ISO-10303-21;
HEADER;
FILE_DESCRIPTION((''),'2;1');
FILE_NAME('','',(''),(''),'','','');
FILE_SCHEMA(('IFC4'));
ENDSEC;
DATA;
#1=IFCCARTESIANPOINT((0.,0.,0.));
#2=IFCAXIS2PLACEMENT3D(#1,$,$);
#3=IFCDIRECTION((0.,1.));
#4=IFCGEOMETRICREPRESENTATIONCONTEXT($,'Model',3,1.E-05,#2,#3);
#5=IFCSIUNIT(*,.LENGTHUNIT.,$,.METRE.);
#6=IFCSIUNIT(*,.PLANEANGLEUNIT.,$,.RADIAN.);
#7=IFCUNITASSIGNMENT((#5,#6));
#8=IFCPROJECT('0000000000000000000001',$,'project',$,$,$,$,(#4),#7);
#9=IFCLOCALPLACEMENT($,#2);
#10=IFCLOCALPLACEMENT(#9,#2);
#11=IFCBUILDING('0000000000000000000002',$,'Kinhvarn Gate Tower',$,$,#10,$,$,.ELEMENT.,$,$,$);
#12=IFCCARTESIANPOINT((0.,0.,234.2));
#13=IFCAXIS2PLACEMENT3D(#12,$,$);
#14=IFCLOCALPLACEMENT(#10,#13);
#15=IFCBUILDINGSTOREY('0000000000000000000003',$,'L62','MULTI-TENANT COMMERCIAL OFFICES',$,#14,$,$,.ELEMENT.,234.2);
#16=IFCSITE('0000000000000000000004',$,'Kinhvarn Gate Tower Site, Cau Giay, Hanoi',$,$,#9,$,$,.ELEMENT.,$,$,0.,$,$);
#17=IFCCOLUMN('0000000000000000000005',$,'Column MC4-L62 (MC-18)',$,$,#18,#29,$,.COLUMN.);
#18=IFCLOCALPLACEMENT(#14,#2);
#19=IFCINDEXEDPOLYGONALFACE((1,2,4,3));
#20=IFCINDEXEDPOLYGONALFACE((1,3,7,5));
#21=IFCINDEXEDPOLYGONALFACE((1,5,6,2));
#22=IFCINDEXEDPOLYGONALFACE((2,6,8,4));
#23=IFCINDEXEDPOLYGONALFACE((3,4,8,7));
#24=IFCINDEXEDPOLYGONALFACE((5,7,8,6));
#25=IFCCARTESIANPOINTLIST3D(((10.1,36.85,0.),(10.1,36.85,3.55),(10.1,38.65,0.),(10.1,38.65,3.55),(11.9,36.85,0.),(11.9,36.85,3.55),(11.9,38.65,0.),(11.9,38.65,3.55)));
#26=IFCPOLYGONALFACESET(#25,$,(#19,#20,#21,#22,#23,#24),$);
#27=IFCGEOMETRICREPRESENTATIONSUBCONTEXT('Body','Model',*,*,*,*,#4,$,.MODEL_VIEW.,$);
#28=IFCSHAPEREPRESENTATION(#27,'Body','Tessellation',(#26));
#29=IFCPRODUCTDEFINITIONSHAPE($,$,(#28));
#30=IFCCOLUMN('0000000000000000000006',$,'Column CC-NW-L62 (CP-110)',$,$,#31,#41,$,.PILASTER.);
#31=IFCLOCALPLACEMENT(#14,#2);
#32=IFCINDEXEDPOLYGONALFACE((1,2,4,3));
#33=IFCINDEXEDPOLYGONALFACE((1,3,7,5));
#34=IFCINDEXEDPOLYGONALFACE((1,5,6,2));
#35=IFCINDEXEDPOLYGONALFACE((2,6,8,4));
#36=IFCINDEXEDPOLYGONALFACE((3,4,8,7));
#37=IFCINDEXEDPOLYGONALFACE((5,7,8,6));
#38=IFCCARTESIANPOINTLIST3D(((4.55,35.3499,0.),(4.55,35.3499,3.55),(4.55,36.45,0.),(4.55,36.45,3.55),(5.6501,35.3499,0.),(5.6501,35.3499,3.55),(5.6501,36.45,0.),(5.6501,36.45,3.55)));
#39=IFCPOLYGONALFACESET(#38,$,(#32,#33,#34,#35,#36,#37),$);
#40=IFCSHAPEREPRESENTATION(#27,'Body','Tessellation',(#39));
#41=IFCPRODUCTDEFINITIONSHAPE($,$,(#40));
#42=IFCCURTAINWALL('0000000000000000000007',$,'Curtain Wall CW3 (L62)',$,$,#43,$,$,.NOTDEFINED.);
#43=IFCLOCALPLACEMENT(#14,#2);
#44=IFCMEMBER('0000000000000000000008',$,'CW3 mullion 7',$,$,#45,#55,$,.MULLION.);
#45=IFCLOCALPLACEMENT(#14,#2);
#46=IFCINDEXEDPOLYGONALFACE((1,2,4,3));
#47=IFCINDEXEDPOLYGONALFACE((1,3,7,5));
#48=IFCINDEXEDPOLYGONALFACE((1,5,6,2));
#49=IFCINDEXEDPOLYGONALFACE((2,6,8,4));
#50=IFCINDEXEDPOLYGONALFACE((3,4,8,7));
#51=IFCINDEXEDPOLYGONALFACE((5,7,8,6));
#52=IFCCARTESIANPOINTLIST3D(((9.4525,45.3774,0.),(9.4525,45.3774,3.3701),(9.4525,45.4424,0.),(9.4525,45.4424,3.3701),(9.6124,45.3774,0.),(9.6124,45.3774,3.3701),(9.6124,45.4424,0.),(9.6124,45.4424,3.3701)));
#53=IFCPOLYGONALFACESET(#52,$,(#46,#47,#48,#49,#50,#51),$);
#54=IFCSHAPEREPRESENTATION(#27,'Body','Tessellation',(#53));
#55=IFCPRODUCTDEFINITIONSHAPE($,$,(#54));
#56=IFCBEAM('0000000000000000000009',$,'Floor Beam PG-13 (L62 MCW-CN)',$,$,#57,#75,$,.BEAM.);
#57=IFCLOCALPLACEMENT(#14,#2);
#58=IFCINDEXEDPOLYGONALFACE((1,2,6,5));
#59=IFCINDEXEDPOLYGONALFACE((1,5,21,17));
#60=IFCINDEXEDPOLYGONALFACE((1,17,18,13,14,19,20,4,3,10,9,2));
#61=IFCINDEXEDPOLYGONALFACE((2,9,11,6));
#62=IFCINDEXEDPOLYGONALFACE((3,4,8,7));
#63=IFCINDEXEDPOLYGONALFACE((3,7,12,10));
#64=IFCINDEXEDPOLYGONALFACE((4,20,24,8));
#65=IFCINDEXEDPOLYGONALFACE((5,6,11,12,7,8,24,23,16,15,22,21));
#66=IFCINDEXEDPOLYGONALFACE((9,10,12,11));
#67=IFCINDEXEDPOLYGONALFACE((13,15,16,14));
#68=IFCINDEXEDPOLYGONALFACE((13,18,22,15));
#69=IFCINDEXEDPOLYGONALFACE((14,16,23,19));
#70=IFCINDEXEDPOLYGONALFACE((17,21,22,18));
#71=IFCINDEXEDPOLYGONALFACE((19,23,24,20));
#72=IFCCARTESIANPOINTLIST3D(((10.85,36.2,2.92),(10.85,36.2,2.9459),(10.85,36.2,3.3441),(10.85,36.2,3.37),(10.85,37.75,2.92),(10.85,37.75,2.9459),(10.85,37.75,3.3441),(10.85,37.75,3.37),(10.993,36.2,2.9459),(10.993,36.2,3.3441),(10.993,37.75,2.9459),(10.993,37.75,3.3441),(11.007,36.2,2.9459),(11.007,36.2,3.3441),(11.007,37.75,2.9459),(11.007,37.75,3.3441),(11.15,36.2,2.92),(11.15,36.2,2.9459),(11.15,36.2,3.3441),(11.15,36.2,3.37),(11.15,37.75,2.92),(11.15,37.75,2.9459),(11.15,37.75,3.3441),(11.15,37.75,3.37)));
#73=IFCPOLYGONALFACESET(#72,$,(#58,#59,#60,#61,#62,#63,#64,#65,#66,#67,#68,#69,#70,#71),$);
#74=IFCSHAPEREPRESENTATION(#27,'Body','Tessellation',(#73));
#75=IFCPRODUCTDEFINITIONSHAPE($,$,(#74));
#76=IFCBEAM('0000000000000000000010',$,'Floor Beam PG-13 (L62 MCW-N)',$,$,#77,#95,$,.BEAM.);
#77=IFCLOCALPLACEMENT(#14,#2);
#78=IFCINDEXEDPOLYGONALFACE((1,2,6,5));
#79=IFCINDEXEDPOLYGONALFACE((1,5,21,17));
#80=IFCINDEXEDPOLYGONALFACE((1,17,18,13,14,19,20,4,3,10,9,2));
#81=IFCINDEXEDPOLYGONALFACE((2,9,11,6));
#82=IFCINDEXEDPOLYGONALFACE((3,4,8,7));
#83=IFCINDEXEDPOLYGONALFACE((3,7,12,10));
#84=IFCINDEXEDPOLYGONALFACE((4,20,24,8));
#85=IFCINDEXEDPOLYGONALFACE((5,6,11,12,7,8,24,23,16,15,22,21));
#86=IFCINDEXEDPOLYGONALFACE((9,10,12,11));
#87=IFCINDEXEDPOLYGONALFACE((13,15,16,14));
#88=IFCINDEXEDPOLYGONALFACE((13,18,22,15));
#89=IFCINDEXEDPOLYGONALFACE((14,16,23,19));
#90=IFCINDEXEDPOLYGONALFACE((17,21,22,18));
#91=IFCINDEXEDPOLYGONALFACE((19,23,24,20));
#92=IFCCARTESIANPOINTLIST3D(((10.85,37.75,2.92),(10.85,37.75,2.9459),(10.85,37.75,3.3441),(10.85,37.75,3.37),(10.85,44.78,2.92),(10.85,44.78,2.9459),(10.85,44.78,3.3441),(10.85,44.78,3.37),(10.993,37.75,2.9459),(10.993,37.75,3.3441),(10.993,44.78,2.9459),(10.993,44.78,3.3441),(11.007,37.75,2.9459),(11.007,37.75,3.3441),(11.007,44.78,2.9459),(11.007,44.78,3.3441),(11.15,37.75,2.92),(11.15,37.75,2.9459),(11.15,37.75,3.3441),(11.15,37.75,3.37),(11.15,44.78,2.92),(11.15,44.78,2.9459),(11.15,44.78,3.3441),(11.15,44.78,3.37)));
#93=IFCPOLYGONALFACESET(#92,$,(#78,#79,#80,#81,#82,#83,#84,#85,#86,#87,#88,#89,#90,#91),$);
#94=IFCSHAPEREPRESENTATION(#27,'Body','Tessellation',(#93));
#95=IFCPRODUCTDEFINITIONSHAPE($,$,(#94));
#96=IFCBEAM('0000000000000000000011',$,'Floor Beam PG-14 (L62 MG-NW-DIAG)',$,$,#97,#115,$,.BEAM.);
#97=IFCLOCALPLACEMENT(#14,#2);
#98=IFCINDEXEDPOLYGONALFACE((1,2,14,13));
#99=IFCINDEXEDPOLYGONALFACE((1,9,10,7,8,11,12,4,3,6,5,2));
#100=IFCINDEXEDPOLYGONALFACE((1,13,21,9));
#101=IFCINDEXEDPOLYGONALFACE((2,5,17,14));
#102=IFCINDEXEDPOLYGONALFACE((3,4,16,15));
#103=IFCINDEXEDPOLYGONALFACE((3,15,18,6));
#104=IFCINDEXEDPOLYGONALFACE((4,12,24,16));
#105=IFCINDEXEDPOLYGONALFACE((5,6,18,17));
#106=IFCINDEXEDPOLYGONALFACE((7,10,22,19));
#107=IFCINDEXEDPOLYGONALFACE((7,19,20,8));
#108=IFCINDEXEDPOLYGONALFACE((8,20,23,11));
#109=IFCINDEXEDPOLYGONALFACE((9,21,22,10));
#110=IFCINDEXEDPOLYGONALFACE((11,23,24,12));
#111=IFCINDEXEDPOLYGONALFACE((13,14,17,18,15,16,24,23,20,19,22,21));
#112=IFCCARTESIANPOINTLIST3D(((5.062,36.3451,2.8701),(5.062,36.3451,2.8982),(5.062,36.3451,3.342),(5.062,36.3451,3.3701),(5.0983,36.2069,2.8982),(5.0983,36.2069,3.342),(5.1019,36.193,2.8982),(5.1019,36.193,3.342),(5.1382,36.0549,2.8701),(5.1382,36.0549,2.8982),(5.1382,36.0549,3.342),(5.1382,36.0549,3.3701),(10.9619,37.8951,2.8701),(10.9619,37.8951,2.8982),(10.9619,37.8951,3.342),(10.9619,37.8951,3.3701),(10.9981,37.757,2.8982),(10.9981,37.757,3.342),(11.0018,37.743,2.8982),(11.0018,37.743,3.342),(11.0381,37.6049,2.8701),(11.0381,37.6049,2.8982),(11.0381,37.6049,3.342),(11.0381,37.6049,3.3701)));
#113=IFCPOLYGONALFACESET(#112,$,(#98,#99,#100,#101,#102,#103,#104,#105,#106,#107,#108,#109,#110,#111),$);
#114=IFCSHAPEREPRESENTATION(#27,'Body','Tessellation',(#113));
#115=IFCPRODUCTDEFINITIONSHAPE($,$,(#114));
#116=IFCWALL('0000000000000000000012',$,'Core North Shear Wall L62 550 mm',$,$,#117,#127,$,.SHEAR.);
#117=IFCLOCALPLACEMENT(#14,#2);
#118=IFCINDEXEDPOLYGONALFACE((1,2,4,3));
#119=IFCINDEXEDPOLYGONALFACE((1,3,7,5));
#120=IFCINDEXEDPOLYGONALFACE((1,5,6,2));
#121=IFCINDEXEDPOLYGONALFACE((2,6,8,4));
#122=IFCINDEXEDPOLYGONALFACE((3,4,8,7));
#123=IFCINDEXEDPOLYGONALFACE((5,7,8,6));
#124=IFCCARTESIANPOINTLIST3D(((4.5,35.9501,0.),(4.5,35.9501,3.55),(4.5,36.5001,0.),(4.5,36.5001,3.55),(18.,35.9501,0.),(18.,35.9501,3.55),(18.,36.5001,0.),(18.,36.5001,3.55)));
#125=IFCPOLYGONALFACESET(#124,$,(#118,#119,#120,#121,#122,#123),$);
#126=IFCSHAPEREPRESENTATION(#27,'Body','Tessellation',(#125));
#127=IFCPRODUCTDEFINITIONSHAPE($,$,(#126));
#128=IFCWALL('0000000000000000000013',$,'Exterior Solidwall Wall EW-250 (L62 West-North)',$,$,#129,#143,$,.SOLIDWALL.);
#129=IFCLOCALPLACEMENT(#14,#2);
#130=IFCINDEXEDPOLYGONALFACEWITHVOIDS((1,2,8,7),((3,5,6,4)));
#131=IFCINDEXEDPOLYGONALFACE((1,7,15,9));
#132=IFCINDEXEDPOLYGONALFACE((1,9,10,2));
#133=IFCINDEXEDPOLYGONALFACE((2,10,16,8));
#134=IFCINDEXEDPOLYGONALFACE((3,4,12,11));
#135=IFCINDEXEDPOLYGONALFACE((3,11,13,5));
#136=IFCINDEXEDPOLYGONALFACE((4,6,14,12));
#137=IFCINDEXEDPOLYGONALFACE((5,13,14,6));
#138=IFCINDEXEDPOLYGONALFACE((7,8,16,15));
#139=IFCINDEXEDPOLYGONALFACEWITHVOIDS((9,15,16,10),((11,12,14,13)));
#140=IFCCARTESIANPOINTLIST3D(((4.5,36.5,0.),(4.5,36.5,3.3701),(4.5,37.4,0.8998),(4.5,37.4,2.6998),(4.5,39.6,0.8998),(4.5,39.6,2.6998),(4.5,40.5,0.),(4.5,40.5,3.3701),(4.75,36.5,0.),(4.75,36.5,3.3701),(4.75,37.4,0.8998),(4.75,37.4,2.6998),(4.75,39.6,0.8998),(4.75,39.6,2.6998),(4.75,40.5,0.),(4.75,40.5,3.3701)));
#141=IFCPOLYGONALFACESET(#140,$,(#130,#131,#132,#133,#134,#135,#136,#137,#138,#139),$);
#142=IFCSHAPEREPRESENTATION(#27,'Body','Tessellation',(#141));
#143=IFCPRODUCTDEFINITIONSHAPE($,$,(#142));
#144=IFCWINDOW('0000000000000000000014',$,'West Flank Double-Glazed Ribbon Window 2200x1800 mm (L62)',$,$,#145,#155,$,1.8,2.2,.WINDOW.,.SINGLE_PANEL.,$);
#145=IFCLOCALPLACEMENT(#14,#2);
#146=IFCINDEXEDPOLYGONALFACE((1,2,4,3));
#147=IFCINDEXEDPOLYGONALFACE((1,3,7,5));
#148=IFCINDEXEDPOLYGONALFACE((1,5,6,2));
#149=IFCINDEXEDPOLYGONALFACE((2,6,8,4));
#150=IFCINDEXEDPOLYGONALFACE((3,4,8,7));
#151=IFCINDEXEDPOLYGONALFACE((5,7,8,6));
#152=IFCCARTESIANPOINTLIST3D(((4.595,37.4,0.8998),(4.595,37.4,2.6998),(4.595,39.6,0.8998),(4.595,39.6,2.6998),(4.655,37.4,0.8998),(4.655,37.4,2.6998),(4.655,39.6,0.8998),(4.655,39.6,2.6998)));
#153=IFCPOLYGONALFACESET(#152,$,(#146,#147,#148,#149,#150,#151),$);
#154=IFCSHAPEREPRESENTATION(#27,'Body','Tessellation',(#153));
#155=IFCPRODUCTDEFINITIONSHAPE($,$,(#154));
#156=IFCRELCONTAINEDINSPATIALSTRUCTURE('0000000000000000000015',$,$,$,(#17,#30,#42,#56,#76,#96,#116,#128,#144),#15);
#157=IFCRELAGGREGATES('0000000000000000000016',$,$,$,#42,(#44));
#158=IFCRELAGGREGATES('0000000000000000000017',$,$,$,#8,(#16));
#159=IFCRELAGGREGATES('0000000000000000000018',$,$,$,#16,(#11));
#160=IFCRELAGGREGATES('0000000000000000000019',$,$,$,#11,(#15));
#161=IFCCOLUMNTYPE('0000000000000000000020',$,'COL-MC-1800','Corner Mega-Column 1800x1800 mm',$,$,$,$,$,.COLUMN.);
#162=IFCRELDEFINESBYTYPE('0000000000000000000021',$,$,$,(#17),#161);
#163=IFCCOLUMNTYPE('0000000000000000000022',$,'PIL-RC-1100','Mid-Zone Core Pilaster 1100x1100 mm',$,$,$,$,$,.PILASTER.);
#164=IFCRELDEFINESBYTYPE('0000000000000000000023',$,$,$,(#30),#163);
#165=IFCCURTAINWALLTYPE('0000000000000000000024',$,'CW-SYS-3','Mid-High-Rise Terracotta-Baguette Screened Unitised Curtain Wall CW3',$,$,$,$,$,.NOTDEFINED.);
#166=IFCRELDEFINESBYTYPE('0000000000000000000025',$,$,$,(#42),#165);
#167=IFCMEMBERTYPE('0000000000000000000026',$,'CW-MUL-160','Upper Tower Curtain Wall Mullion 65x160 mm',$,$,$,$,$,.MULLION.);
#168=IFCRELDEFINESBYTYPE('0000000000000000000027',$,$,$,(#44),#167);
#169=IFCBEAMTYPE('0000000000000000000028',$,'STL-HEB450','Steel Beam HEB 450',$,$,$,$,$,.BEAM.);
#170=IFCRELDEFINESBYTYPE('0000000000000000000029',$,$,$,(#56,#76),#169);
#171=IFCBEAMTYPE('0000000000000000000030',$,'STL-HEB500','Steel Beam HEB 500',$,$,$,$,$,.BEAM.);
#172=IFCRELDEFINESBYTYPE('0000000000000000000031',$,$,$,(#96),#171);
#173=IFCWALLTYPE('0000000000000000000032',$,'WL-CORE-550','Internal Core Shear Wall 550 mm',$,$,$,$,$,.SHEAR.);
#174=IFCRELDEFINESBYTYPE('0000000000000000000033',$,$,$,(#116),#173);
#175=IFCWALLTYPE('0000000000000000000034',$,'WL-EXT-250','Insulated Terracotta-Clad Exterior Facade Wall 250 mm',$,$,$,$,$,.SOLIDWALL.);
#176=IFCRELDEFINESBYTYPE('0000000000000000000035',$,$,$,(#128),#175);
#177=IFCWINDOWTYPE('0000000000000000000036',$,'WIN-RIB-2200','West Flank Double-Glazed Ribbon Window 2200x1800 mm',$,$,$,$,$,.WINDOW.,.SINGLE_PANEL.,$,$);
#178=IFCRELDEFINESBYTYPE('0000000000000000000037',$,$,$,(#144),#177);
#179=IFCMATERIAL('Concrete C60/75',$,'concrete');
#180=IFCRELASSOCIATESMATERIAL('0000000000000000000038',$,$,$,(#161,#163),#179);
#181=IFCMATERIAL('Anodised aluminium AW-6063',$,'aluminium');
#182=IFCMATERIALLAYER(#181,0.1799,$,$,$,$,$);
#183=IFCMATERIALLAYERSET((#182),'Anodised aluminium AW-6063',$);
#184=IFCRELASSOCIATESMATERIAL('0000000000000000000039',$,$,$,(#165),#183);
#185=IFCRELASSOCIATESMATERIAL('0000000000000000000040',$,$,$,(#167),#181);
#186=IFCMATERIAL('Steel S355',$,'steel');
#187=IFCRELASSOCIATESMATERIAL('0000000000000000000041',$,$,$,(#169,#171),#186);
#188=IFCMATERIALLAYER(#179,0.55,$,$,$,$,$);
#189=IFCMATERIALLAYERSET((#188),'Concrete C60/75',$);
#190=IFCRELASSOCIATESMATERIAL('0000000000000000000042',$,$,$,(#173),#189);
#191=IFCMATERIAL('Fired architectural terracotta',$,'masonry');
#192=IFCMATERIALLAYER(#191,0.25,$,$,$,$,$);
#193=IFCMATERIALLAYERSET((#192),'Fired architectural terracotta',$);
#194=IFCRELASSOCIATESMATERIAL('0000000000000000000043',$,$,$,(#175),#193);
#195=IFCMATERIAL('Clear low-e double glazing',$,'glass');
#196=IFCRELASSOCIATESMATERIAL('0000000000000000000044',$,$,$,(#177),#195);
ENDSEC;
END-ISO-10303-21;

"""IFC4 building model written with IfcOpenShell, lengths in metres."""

from ifc_helpers import new_model, si_unit, direction, frame, frame_2d, origin, origin_2d, place, context, subcontext, project, spatial, rectangle, i_section, extrude, material, layer, layer_set, material_profile, profile_set, type_object, element, fill, aggregate, save


model = new_model("IFC4")

# Units and contexts
model_context = context("Model", 3, precision=1e-05, world=origin(), true_north=direction((0.0, 1.0)))
body_context = subcontext(model_context, "Body", "Model", "MODEL_VIEW")
ifc_project = project(units=[si_unit("LENGTHUNIT", "METRE"), si_unit("PLANEANGLEUNIT", "RADIAN")], contexts=[model_context])

# Site, building, storey
site_placement = place(None, origin())
site = spatial("IfcSite", under=ifc_project, at=site_placement, Name="Kinhvarn Gate Tower Site, Cau Giay, Hanoi", CompositionType="ELEMENT", RefElevation=0.0)
building_placement = place(site_placement, origin())
building = spatial("IfcBuilding", under=site, at=building_placement, Name="Kinhvarn Gate Tower", CompositionType="ELEMENT")
storey_placement = place(building_placement, frame((0.0, 0.0, 234.2)))
storey = spatial("IfcBuildingStorey", under=building, at=storey_placement, Name="L62", Description="MULTI-TENANT COMMERCIAL OFFICES", CompositionType="ELEMENT", Elevation=234.2)

# Columns
ifc_material_1 = material(Name="Concrete C60/75", Category="concrete")
ifc_material_profile_1 = material_profile(ifc_material_1, rectangle(XDim=1.8, YDim=1.8, at=origin_2d()), Name="RC 1800x1800")
ifc_profile_set_1 = profile_set([ifc_material_profile_1], Name="Concrete C60/75")
column_type_1 = type_object("IfcColumnType", Name="COL-MC-1800", Description="Corner Mega-Column 1800x1800 mm", PredefinedType="COLUMN", material=ifc_profile_set_1)
column_1_placement = place(storey_placement, frame((11.0, 37.75, 0.0), z_axis=(0.0, 0.0, 1.0), x_axis=(1.0, 0.0, 0.0)))
element("IfcColumn", 1, at=column_1_placement, inside=storey, type_object=column_type_1, Name="Column MC4-L62 (MC-18)", PredefinedType="COLUMN", context=body_context, shape_type="SweptSolid", body=[
    extrude(rectangle(XDim=1.8, YDim=1.8, at=origin_2d()), origin(), (0.0, 0.0, 1.0), 3.55),
])
ifc_material_profile_2 = material_profile(ifc_material_1, rectangle(XDim=1.1001, YDim=1.1001, at=origin_2d()), Name="RC 1100x1100")
ifc_profile_set_2 = profile_set([ifc_material_profile_2], Name="Concrete C60/75")
column_type_2 = type_object("IfcColumnType", Name="PIL-RC-1100", Description="Mid-Zone Core Pilaster 1100x1100 mm", PredefinedType="PILASTER", material=ifc_profile_set_2)
column_2_placement = place(storey_placement, frame((5.1001, 35.8999, 0.0), z_axis=(0.0, 0.0, 1.0), x_axis=(1.0, 0.0, 0.0)))
element("IfcColumn", 2, at=column_2_placement, inside=storey, type_object=column_type_2, Name="Column CC-NW-L62 (CP-110)", PredefinedType="PILASTER", context=body_context, shape_type="SweptSolid", body=[
    extrude(rectangle(XDim=1.1001, YDim=1.1001, at=origin_2d()), origin(), (0.0, 0.0, 1.0), 3.55),
])

# Curtain wall, member
ifc_material_2 = material(Name="Anodised aluminium AW-6063", Category="aluminium")
ifc_layer_1 = layer(ifc_material_2, 0.1799)
ifc_layer_set_1 = layer_set([ifc_layer_1], Name="Anodised aluminium AW-6063")
curtain_wall_type = type_object("IfcCurtainWallType", Name="CW-SYS-3", Description="Mid-High-Rise Terracotta-Baguette Screened Unitised Curtain Wall CW3", PredefinedType="NOTDEFINED", material=ifc_layer_set_1)
curtain_wall_placement = place(storey_placement, origin())
curtain_wall = element("IfcCurtainWall", 3, at=curtain_wall_placement, inside=storey, type_object=curtain_wall_type, Name="Curtain Wall CW3 (L62)", PredefinedType="NOTDEFINED")
ifc_material_profile_3 = material_profile(ifc_material_2, rectangle(XDim=0.0649, YDim=0.1599, at=origin_2d()), Name="ALU 65x160")
ifc_profile_set_3 = profile_set([ifc_material_profile_3], Name="Anodised aluminium AW-6063")
member_type = type_object("IfcMemberType", Name="CW-MUL-160", Description="Upper Tower Curtain Wall Mullion 65x160 mm", PredefinedType="MULLION", material=ifc_profile_set_3)
member_placement = place(storey_placement, frame((9.5325, 45.4099, 0.0), z_axis=(0.0, 0.0, 1.0), x_axis=(0.0, -1.0, 0.0)))
member = element("IfcMember", 4, at=member_placement, type_object=member_type, Name="CW3 mullion 7", PredefinedType="MULLION", context=body_context, shape_type="SweptSolid", body=[
    extrude(rectangle(XDim=0.0649, YDim=0.1599, at=origin_2d()), origin(), (0.0, 0.0, 1.0), 3.3701),
])
aggregate(curtain_wall, [member])

# Beams
ifc_material_3 = material(Name="Steel S355", Category="steel")
ifc_material_profile_4 = material_profile(ifc_material_3, i_section(OverallWidth=0.3, OverallDepth=0.45, WebThickness=0.0139, FlangeThickness=0.0259, at=origin_2d()), Name="HEB 450")
ifc_profile_set_4 = profile_set([ifc_material_profile_4], Name="Steel S355")
beam_type_1 = type_object("IfcBeamType", Name="STL-HEB450", Description="Steel Beam HEB 450", PredefinedType="BEAM", material=ifc_profile_set_4)
beam_1_placement = place(storey_placement, frame((11.0, 36.2, 3.145), z_axis=(0.0, 1.0, 0.0), x_axis=(-1.0, 0.0, 0.0)))
element("IfcBeam", 5, at=beam_1_placement, inside=storey, type_object=beam_type_1, Name="Floor Beam PG-13 (L62 MCW-CN)", PredefinedType="BEAM", context=body_context, shape_type="SweptSolid", body=[
    extrude(i_section(OverallWidth=0.3, OverallDepth=0.45, WebThickness=0.0139, FlangeThickness=0.0259, at=origin_2d()), origin(), (0.0, 0.0, 1.0), 1.55),
])
beam_2_placement = place(storey_placement, frame((11.0, 37.75, 3.145), z_axis=(0.0, 1.0, 0.0), x_axis=(-1.0, 0.0, 0.0)))
element("IfcBeam", 6, at=beam_2_placement, inside=storey, type_object=beam_type_1, Name="Floor Beam PG-13 (L62 MCW-N)", PredefinedType="BEAM", context=body_context, shape_type="SweptSolid", body=[
    extrude(i_section(OverallWidth=0.3, OverallDepth=0.45, WebThickness=0.0139, FlangeThickness=0.0259, at=origin_2d()), origin(), (0.0, 0.0, 1.0), 7.03),
])
ifc_material_profile_5 = material_profile(ifc_material_3, i_section(OverallWidth=0.3, OverallDepth=0.5, WebThickness=0.0144, FlangeThickness=0.0281, at=origin_2d()), Name="HEB 500")
ifc_profile_set_5 = profile_set([ifc_material_profile_5], Name="Steel S355")
beam_type_2 = type_object("IfcBeamType", Name="STL-HEB500", Description="Steel Beam HEB 500", PredefinedType="BEAM", material=ifc_profile_set_5)
beam_3_placement = place(storey_placement, frame((5.1001, 36.2, 3.1201), z_axis=(0.967178, 0.254101, 0.0), x_axis=(-0.254101, 0.967178, 0.0)))
element("IfcBeam", 7, at=beam_3_placement, inside=storey, type_object=beam_type_2, Name="Floor Beam PG-14 (L62 MG-NW-DIAG)", PredefinedType="BEAM", context=body_context, shape_type="SweptSolid", body=[
    extrude(i_section(OverallWidth=0.3, OverallDepth=0.5, WebThickness=0.0144, FlangeThickness=0.0281, at=origin_2d()), origin(), (0.0, 0.0, 1.0), 6.1001),
])

# Wall
ifc_layer_2 = layer(ifc_material_1, 0.55)
ifc_layer_set_2 = layer_set([ifc_layer_2], Name="Concrete C60/75")
wall_type_1 = type_object("IfcWallType", Name="WL-CORE-550", Description="Internal Core Shear Wall 550 mm", PredefinedType="SHEAR", material=ifc_layer_set_2)
wall_1_placement = place(storey_placement, frame((4.5, 36.2251, 0.0), z_axis=(0.0, 0.0, 1.0), x_axis=(1.0, 0.0, 0.0)))
element("IfcWall", 8, at=wall_1_placement, inside=storey, type_object=wall_type_1, Name="Core North Shear Wall L62 550 mm", PredefinedType="SHEAR", context=body_context, shape_type="SweptSolid", body=[
    extrude(rectangle(XDim=13.5, YDim=0.55, at=frame_2d((6.75, 0.0))), origin(), (0.0, 0.0, 1.0), 3.55),
])

# Wall, opening, window
ifc_material_4 = material(Name="Fired architectural terracotta", Category="masonry")
ifc_layer_3 = layer(ifc_material_4, 0.25)
ifc_layer_set_3 = layer_set([ifc_layer_3], Name="Fired architectural terracotta")
wall_type_2 = type_object("IfcWallType", Name="WL-EXT-250", Description="Insulated Terracotta-Clad Exterior Facade Wall 250 mm", PredefinedType="SOLIDWALL", material=ifc_layer_set_3)
wall_2_placement = place(storey_placement, frame((4.625, 40.5, 0.0), z_axis=(0.0, 0.0, 1.0), x_axis=(0.0, -1.0, 0.0)))
wall_2 = element("IfcWall", 9, at=wall_2_placement, inside=storey, type_object=wall_type_2, Name="Exterior Solidwall Wall EW-250 (L62 West-North)", PredefinedType="SOLIDWALL", context=body_context, shape_type="SweptSolid", body=[
    extrude(rectangle(XDim=4.0, YDim=0.25, at=frame_2d((2.0, 0.0))), origin(), (0.0, 0.0, 1.0), 3.3701),
])
opening_1_placement = place(wall_2_placement, frame((0.8999, 0.0, 0.8999)))
opening_1 = element("IfcOpeningElement", 10, at=opening_1_placement, cuts=wall_2, PredefinedType="OPENING", context=body_context, shape_type="SweptSolid", body=[
    extrude(rectangle(XDim=2.2, YDim=1.8, at=frame_2d((1.1001, 0.8999))), frame((0.0, 0.135, 0.0), z_axis=(0.0, -1.0, 0.0), x_axis=(1.0, 0.0, 0.0)), (0.0, 0.0, 1.0), 0.27),
])
ifc_material_5 = material(Name="Clear low-e double glazing", Category="glass")
window_type_1 = type_object("IfcWindowType", Name="WIN-RIB-2200", Description="West Flank Double-Glazed Ribbon Window 2200x1800 mm", PartitioningType="SINGLE_PANEL", PredefinedType="WINDOW", material=ifc_material_5)
window_1_placement = place(opening_1_placement, origin())
window_1 = element("IfcWindow", 11, at=window_1_placement, inside=storey, type_object=window_type_1, Name="West Flank Double-Glazed Ribbon Window 2200x1800 mm (L62)", OverallHeight=1.8, OverallWidth=2.2, PartitioningType="SINGLE_PANEL", PredefinedType="WINDOW", context=body_context, shape_type="SweptSolid", body=[
    extrude(rectangle(XDim=2.2, YDim=1.8, at=frame_2d((1.1001, 0.8999))), frame((0.0, 0.03, 0.0), z_axis=(0.0, -1.0, 0.0), x_axis=(1.0, 0.0, 0.0)), (0.0, 0.0, 1.0), 0.0601),
])
fill(opening_1, window_1)

save(model, "model.ifc")
